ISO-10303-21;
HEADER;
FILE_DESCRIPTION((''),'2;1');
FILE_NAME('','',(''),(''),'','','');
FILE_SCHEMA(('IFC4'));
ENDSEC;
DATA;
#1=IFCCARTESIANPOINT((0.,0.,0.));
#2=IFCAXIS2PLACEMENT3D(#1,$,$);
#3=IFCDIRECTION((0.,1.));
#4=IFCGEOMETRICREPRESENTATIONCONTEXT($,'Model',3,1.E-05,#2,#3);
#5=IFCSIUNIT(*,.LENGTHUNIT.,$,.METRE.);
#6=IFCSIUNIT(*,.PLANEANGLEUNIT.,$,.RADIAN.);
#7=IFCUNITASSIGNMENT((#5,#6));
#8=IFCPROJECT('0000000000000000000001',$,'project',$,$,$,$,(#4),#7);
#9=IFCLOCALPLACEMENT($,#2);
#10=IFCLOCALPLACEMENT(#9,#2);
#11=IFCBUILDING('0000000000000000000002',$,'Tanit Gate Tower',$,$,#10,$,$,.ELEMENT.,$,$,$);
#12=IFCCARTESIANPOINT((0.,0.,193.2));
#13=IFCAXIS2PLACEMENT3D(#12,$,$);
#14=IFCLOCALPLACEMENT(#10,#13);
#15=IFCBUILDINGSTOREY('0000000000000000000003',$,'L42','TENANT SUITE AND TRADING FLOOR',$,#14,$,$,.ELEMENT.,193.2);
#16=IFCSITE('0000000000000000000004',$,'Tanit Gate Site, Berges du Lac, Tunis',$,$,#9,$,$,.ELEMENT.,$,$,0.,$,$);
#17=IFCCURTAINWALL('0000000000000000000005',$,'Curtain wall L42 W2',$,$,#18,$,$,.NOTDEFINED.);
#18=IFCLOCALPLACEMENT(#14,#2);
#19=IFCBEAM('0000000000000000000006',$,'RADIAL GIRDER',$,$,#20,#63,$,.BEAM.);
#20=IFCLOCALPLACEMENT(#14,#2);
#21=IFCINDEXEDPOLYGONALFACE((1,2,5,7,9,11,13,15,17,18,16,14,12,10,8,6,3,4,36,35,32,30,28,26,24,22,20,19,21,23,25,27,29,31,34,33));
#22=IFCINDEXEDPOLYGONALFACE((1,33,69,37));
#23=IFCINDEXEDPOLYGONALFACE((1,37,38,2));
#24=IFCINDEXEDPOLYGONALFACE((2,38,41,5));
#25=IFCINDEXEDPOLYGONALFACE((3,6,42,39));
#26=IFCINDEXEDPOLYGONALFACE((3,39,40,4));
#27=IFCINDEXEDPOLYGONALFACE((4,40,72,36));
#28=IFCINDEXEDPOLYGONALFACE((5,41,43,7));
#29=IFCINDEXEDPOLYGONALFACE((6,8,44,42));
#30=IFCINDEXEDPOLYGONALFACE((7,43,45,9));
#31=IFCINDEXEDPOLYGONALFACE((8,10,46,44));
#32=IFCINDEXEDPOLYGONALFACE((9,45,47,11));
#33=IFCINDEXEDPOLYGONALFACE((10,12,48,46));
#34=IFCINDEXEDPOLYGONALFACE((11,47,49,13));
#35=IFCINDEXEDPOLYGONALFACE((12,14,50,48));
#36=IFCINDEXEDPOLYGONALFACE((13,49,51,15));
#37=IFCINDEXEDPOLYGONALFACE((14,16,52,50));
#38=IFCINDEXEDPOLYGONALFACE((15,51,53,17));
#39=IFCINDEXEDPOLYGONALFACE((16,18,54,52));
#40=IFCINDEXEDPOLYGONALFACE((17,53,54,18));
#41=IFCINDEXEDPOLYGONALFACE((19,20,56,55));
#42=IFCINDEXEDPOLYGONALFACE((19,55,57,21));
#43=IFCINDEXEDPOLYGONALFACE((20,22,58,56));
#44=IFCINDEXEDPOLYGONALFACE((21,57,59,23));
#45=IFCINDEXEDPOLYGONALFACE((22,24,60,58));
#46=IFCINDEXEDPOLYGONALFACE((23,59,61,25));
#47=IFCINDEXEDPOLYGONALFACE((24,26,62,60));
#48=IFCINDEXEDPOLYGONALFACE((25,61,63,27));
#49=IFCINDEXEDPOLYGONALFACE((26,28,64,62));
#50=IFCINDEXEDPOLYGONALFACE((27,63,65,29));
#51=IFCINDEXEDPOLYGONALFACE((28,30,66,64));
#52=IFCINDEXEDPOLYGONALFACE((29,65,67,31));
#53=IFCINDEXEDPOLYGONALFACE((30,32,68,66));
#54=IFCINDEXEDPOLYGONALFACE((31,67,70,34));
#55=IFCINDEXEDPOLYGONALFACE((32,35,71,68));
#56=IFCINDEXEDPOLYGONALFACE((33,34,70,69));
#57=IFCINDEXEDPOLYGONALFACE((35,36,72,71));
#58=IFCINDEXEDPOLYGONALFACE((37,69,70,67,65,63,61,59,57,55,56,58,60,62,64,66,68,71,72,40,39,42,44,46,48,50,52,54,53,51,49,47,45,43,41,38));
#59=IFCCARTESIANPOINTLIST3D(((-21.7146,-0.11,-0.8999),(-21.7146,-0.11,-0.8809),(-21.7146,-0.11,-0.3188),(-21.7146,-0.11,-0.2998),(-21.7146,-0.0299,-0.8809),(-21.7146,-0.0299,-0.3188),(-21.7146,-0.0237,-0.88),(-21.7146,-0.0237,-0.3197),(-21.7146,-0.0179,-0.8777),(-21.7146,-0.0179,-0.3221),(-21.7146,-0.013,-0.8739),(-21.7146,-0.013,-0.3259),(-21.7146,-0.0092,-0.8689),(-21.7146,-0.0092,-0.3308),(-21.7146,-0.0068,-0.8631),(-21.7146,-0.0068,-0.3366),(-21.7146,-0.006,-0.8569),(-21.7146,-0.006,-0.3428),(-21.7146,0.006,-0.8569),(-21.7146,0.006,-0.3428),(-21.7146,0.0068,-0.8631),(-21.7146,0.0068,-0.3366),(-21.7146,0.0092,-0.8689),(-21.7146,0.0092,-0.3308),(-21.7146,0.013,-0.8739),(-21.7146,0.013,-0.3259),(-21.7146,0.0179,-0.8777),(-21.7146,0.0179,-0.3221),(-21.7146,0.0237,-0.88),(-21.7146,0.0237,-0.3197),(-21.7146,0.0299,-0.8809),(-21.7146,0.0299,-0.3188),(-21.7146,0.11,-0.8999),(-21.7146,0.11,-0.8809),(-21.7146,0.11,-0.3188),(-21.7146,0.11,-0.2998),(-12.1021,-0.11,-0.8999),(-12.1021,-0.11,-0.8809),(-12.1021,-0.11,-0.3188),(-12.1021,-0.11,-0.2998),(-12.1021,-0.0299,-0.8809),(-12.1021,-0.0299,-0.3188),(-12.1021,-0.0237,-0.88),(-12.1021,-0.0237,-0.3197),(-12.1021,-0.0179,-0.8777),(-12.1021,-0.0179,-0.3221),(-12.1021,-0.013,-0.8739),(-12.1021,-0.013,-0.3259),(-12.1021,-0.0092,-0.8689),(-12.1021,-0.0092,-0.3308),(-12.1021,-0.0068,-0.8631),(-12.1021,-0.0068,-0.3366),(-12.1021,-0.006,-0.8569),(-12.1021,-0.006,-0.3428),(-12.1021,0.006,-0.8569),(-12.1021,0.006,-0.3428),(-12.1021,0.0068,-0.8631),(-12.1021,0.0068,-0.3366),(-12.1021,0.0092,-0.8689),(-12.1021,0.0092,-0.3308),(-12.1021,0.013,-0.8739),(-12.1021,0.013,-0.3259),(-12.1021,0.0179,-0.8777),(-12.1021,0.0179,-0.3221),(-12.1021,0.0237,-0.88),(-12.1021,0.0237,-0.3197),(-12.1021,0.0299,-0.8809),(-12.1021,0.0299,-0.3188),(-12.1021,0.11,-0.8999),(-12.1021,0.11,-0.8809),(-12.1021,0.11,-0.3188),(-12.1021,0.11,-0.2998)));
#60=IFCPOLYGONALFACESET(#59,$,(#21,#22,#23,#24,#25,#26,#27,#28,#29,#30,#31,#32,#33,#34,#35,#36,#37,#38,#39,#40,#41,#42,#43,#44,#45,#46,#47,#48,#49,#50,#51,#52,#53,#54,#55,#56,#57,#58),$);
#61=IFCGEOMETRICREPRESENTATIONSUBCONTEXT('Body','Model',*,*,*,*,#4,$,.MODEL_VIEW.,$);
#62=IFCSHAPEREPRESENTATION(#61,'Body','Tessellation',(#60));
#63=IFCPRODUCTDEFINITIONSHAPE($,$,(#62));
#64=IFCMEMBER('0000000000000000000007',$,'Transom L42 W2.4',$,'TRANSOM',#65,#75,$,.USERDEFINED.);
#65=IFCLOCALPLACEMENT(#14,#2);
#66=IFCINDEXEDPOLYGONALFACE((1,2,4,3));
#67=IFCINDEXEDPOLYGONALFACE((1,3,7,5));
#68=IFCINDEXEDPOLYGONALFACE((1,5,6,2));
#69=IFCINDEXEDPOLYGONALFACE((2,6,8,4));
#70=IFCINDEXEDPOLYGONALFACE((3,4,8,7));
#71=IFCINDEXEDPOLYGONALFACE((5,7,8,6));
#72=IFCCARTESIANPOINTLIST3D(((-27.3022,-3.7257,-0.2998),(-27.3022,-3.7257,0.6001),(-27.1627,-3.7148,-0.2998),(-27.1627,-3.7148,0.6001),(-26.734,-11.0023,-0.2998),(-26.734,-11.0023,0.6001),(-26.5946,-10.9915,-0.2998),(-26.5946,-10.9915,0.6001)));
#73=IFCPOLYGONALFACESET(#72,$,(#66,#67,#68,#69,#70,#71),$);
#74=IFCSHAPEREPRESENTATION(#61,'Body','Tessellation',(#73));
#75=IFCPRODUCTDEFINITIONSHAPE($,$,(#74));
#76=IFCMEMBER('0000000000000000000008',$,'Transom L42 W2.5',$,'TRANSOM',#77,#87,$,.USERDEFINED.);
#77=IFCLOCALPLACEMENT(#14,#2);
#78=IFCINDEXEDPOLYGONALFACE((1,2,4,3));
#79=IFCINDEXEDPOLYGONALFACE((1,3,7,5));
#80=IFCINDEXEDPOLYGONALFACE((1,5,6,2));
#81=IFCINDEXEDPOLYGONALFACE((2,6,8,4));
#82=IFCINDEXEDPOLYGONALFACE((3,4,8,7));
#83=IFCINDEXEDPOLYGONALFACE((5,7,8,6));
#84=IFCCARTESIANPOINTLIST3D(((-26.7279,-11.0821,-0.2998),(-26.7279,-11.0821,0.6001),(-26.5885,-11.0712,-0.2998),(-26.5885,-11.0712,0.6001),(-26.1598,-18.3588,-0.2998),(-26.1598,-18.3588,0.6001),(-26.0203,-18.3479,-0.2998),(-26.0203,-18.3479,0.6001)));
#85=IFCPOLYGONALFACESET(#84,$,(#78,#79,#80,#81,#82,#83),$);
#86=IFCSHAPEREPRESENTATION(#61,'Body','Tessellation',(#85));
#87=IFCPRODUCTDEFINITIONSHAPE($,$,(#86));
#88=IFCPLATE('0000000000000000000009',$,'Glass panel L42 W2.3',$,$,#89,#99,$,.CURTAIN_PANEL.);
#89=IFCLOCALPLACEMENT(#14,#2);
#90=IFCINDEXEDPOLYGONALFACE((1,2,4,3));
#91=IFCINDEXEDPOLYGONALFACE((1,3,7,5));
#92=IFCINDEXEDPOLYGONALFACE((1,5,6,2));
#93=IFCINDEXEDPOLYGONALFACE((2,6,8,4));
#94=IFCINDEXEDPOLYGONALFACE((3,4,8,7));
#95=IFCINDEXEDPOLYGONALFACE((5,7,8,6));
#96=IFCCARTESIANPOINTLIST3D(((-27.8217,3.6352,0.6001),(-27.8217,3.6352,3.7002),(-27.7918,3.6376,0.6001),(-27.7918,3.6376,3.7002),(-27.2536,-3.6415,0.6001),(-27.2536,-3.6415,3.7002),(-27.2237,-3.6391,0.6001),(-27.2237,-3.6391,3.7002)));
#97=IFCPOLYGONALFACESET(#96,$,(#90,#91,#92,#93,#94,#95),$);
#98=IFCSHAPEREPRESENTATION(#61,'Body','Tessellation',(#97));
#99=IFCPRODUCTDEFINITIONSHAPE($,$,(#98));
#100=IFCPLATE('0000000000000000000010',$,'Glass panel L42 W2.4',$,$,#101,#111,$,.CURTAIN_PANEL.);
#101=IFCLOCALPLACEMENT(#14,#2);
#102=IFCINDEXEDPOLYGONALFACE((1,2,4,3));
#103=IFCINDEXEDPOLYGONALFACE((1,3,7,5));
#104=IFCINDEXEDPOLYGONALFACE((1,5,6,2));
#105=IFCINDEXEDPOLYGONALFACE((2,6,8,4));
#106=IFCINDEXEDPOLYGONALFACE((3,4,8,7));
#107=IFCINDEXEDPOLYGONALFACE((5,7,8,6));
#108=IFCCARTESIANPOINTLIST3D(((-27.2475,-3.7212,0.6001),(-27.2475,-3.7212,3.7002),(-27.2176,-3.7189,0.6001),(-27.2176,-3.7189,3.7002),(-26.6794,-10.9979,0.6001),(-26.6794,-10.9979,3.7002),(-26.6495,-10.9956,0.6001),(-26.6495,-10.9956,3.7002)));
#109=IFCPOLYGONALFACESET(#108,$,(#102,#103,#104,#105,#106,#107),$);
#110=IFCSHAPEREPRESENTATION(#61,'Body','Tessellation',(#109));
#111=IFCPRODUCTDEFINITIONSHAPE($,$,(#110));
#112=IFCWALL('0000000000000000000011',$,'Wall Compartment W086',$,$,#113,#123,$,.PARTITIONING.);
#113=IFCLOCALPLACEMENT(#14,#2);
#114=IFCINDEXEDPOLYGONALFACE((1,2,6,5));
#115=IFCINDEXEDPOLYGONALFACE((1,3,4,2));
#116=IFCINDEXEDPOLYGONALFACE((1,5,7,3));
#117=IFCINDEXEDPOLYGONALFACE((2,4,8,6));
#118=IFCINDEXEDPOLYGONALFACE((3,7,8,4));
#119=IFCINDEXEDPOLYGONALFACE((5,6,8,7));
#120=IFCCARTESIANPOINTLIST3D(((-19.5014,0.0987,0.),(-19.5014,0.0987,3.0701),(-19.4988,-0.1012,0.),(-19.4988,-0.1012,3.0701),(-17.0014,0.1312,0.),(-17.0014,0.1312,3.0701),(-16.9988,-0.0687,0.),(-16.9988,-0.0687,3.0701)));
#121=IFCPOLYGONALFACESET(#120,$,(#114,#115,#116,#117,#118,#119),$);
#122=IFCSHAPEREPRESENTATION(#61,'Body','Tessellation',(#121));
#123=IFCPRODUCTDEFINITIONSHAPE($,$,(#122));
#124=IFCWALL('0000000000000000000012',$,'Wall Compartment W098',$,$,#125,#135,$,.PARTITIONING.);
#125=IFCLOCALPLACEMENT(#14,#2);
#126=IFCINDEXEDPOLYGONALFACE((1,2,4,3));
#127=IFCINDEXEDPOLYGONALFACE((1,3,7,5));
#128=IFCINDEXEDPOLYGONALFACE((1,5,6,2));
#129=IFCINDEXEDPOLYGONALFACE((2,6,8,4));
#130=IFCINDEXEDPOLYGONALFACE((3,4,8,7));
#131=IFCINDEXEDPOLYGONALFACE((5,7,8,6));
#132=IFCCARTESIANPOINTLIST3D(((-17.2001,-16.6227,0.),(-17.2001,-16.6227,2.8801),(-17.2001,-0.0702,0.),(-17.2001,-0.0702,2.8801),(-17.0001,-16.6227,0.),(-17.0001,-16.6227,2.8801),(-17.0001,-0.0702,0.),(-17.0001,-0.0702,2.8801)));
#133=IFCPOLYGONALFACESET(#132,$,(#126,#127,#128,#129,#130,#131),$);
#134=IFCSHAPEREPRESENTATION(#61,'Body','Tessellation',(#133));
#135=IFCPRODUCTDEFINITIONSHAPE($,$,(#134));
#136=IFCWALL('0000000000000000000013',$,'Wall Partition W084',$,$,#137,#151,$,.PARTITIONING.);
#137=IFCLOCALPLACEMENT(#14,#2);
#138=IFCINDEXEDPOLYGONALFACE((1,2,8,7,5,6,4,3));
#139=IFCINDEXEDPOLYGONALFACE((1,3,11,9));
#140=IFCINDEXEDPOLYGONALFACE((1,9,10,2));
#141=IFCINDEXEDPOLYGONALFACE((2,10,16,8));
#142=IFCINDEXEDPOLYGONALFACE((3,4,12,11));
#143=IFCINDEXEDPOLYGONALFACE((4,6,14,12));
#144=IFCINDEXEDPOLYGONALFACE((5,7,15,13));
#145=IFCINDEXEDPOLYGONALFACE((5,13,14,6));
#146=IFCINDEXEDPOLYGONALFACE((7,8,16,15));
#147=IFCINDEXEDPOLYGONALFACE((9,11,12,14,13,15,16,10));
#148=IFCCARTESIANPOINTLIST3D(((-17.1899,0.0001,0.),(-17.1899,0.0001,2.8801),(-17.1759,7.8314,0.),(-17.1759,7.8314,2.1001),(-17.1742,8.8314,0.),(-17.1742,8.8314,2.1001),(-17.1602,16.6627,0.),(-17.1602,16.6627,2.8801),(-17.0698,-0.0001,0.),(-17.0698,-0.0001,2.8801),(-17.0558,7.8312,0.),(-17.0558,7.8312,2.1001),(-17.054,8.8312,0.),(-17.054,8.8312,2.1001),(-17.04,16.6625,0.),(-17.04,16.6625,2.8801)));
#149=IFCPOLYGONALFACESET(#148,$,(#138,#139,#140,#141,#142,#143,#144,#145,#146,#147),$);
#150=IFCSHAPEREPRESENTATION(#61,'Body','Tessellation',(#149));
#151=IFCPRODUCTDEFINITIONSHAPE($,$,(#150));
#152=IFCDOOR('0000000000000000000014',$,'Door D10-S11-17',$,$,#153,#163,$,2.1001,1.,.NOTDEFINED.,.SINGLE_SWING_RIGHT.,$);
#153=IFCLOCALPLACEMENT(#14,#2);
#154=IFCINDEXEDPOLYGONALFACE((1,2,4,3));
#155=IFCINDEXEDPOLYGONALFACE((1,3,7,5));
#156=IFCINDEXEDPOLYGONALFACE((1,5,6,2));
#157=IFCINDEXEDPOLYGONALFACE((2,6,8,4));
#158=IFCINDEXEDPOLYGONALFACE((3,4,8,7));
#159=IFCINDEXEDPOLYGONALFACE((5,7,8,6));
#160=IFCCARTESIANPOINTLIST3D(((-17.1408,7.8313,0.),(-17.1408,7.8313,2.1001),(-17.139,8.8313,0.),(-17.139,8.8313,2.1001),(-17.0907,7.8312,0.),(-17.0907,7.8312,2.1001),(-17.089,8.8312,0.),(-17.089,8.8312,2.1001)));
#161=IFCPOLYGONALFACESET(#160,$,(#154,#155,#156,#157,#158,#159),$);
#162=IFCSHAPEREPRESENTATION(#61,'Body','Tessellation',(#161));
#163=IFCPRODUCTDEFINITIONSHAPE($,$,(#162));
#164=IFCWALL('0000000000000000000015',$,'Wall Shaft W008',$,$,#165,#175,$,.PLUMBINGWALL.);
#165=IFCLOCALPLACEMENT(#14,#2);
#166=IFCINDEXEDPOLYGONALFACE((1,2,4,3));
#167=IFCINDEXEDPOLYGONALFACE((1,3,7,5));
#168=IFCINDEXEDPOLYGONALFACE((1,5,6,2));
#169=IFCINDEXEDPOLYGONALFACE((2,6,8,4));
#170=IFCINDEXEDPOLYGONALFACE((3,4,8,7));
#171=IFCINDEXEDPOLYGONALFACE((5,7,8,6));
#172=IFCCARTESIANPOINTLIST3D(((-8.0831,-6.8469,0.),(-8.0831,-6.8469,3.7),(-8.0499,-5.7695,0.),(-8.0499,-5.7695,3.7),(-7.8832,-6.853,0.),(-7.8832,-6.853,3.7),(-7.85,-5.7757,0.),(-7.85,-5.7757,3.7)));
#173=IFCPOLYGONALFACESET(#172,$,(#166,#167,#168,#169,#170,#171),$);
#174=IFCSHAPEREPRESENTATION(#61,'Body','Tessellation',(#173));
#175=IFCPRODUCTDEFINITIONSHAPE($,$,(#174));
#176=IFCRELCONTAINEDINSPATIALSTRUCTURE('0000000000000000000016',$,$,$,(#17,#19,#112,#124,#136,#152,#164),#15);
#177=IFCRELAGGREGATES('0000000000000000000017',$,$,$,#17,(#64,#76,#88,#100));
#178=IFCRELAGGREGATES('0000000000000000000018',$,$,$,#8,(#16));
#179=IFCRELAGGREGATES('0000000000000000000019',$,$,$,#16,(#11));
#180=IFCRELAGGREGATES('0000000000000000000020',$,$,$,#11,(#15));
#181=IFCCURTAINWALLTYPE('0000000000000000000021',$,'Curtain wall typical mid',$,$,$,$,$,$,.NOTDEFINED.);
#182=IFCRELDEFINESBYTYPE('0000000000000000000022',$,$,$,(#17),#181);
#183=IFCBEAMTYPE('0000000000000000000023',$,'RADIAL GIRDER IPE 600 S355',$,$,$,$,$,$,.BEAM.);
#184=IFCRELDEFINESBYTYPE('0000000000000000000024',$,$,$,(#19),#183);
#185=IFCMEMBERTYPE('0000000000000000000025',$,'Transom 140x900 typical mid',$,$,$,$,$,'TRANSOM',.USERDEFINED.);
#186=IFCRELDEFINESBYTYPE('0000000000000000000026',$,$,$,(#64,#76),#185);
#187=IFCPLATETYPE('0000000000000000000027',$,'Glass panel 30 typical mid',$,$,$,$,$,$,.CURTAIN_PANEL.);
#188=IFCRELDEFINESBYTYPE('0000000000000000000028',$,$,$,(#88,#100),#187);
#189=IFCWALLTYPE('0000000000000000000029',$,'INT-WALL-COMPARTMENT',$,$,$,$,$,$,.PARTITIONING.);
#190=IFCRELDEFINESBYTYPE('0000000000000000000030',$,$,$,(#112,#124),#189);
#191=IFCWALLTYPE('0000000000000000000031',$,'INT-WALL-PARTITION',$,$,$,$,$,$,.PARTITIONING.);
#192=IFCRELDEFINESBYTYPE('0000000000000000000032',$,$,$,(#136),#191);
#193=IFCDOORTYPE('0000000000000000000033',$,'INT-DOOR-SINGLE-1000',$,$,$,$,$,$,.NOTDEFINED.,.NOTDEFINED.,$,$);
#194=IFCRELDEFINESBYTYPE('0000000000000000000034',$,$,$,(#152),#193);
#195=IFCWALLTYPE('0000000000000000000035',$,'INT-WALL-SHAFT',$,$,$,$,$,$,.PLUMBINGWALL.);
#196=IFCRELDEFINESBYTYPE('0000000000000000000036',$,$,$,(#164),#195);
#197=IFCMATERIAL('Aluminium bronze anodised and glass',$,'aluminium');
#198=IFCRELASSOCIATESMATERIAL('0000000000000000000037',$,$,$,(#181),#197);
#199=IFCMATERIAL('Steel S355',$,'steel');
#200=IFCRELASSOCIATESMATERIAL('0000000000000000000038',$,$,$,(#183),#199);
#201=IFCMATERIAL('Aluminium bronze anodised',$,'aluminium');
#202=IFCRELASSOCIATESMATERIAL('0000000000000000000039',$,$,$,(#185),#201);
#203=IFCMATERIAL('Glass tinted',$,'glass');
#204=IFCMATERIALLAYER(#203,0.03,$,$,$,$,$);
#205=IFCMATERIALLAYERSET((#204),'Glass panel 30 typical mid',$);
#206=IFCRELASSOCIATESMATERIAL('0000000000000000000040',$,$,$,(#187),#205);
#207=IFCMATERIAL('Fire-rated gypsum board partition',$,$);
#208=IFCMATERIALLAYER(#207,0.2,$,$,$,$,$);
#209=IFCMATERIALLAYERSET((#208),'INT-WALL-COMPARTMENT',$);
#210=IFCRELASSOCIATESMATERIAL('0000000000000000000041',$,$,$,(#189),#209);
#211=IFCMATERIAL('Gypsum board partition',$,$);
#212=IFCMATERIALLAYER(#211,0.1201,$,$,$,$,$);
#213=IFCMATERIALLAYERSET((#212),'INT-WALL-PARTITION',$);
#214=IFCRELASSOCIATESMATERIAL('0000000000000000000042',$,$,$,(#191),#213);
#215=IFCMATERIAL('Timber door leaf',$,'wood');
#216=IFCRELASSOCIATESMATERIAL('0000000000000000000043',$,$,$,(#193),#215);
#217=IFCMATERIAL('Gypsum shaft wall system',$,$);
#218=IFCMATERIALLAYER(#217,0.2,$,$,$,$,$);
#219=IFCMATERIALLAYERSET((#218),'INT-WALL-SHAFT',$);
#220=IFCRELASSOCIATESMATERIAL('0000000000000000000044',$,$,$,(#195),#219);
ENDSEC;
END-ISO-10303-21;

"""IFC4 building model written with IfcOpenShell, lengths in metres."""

from ifc_helpers import new_model, si_unit, direction, frame, frame_2d, origin, origin_2d, place, context, subcontext, project, spatial, rectangle, i_section, extrude, material, layer, layer_set, material_profile, profile_set, type_object, element, fill, aggregate, save


model = new_model("IFC4")

# Units and contexts
model_context = context("Model", 3, precision=1e-05, world=origin(), true_north=direction((0.0, 1.0)))
body_context = subcontext(model_context, "Body", "Model", "MODEL_VIEW")
ifc_project = project(units=[si_unit("LENGTHUNIT", "METRE"), si_unit("PLANEANGLEUNIT", "RADIAN")], contexts=[model_context])

# Site, building, storey
site_placement = place(None, origin())
site = spatial("IfcSite", under=ifc_project, at=site_placement, Name="Tanit Gate Site, Berges du Lac, Tunis", CompositionType="ELEMENT", RefElevation=0.0)
building_placement = place(site_placement, origin())
building = spatial("IfcBuilding", under=site, at=building_placement, Name="Tanit Gate Tower", CompositionType="ELEMENT")
storey_placement = place(building_placement, frame((0.0, 0.0, 193.2)))
storey = spatial("IfcBuildingStorey", under=building, at=storey_placement, Name="L42", Description="TENANT SUITE AND TRADING FLOOR", CompositionType="ELEMENT", Elevation=193.2)

# Curtain wall
ifc_material_1 = material(Name="Aluminium bronze anodised and glass", Category="aluminium")
curtain_wall_type = type_object("IfcCurtainWallType", Name="Curtain wall typical mid", PredefinedType="NOTDEFINED", material=ifc_material_1)
curtain_wall_placement = place(storey_placement, origin())
curtain_wall = element("IfcCurtainWall", 1, at=curtain_wall_placement, inside=storey, type_object=curtain_wall_type, Name="Curtain wall L42 W2", PredefinedType="NOTDEFINED")

# Beam
ifc_material_2 = material(Name="Steel S355", Category="steel")
ifc_material_profile_1 = material_profile(ifc_material_2, i_section(OverallWidth=0.22, OverallDepth=0.6001, WebThickness=0.012, FlangeThickness=0.019, FilletRadius=0.0239, at=origin_2d()), Name="IPE 600")
ifc_profile_set_1 = profile_set([ifc_material_profile_1], Name="Steel S355")
beam_type_1 = type_object("IfcBeamType", Name="RADIAL GIRDER IPE 600 S355", PredefinedType="BEAM", material=ifc_profile_set_1)
beam_1_placement = place(storey_placement, frame((-21.7146, 0.0, -0.5999), z_axis=(1.0, 0.0, 0.0), x_axis=(0.0, 1.0, 0.0)))
element("IfcBeam", 2, at=beam_1_placement, inside=storey, type_object=beam_type_1, Name="RADIAL GIRDER", PredefinedType="BEAM", context=body_context, shape_type="SweptSolid", body=[
    extrude(i_section(OverallWidth=0.22, OverallDepth=0.6001, WebThickness=0.012, FlangeThickness=0.019, FilletRadius=0.0239, at=origin_2d()), origin(), (0.0, 0.0, 1.0), 9.6125),
])

# Members
ifc_material_3 = material(Name="Aluminium bronze anodised", Category="aluminium")
ifc_material_profile_2 = material_profile(ifc_material_3, rectangle(XDim=0.1399, YDim=0.8999, at=origin_2d()), Name="140x900 bronze transom")
ifc_profile_set_2 = profile_set([ifc_material_profile_2], Name="Aluminium bronze anodised")
member_type_1 = type_object("IfcMemberType", Name="Transom 140x900 typical mid", ElementType="TRANSOM", PredefinedType="USERDEFINED", material=ifc_profile_set_2)
member_1_placement = place(storey_placement, frame((-27.2324, -3.7202, 0.1501), z_axis=(0.077837, -0.996966, 0.0), x_axis=(0.996966, 0.077837, 0.0)))
member_1 = element("IfcMember", 3, at=member_1_placement, type_object=member_type_1, Name="Transom L42 W2.4", ObjectType="TRANSOM", PredefinedType="USERDEFINED", context=body_context, shape_type="SweptSolid", body=[
    extrude(rectangle(XDim=0.1399, YDim=0.8999, at=origin_2d()), origin(), (0.0, 0.0, 1.0), 7.2988),
])
member_2_placement = place(storey_placement, frame((-26.6582, -11.0767, 0.1501), z_axis=(0.077837, -0.996966, 0.0), x_axis=(0.996966, 0.077837, 0.0)))
member_2 = element("IfcMember", 4, at=member_2_placement, type_object=member_type_1, Name="Transom L42 W2.5", ObjectType="TRANSOM", PredefinedType="USERDEFINED", context=body_context, shape_type="SweptSolid", body=[
    extrude(rectangle(XDim=0.1399, YDim=0.8999, at=origin_2d()), origin(), (0.0, 0.0, 1.0), 7.2988),
])

# Plates
ifc_material_4 = material(Name="Glass tinted", Category="glass")
ifc_layer_1 = layer(ifc_material_4, 0.03)
ifc_layer_set_1 = layer_set([ifc_layer_1], Name="Glass panel 30 typical mid")
plate_type = type_object("IfcPlateType", Name="Glass panel 30 typical mid", PredefinedType="CURTAIN_PANEL", material=ifc_layer_set_1)
plate_1_placement = place(storey_placement, frame((-27.5227, -0.002, 0.6001), z_axis=(0.0, 0.0, 1.0), x_axis=(0.077839, -0.996966, 0.0)))
plate_1 = element("IfcPlate", 5, at=plate_1_placement, type_object=plate_type, Name="Glass panel L42 W2.3", PredefinedType="CURTAIN_PANEL", context=body_context, shape_type="SweptSolid", body=[
    extrude(rectangle(XDim=7.2988, YDim=0.03, at=origin_2d()), origin(), (0.0, 0.0, 1.0), 3.1001),
])
plate_2_placement = place(storey_placement, frame((-26.9485, -7.3584, 0.6001), z_axis=(0.0, 0.0, 1.0), x_axis=(0.077839, -0.996966, 0.0)))
plate_2 = element("IfcPlate", 6, at=plate_2_placement, type_object=plate_type, Name="Glass panel L42 W2.4", PredefinedType="CURTAIN_PANEL", context=body_context, shape_type="SweptSolid", body=[
    extrude(rectangle(XDim=7.2988, YDim=0.03, at=origin_2d()), origin(), (0.0, 0.0, 1.0), 3.1001),
])
aggregate(curtain_wall, [member_1, member_2, plate_1, plate_2])

# Walls
ifc_material_5 = material(Name="Fire-rated gypsum board partition")
ifc_layer_2 = layer(ifc_material_5, 0.2)
ifc_layer_set_2 = layer_set([ifc_layer_2], Name="INT-WALL-COMPARTMENT")
wall_type_1 = type_object("IfcWallType", Name="INT-WALL-COMPARTMENT", PredefinedType="PARTITIONING", material=ifc_layer_set_2)
wall_1_placement = place(storey_placement, frame((-19.5, -0.0012, 0.0), z_axis=(0.0, 0.0, 1.0), x_axis=(0.999916, 0.012987, 0.0)))
element("IfcWall", 7, at=wall_1_placement, inside=storey, type_object=wall_type_1, Name="Wall Compartment W086", PredefinedType="PARTITIONING", context=body_context, shape_type="SweptSolid", body=[
    extrude(rectangle(XDim=2.5002, YDim=0.2, at=frame_2d((1.25, 0.0))), origin(), (0.0, 0.0, 1.0), 3.0701),
])
wall_2_placement = place(storey_placement, frame((-17.1001, -0.0701, 0.0), z_axis=(0.0, 0.0, 1.0), x_axis=(0.0, -1.0, 0.0)))
element("IfcWall", 8, at=wall_2_placement, inside=storey, type_object=wall_type_1, Name="Wall Compartment W098", PredefinedType="PARTITIONING", context=body_context, shape_type="SweptSolid", body=[
    extrude(rectangle(XDim=16.5525, YDim=0.2, at=frame_2d((8.2764, 0.0))), origin(), (0.0, 0.0, 1.0), 2.8801),
])

# Wall, opening, door
ifc_material_6 = material(Name="Gypsum board partition")
ifc_layer_3 = layer(ifc_material_6, 0.1201)
ifc_layer_set_3 = layer_set([ifc_layer_3], Name="INT-WALL-PARTITION")
wall_type_2 = type_object("IfcWallType", Name="INT-WALL-PARTITION", PredefinedType="PARTITIONING", material=ifc_layer_set_3)
wall_3_placement = place(storey_placement, frame((-17.1299, 0.0, 0.0), z_axis=(0.0, 0.0, 1.0), x_axis=(0.001788, 0.999998, 0.0)))
wall_3 = element("IfcWall", 9, at=wall_3_placement, inside=storey, type_object=wall_type_2, Name="Wall Partition W084", PredefinedType="PARTITIONING", context=body_context, shape_type="SweptSolid", body=[
    extrude(rectangle(XDim=16.6626, YDim=0.1201, at=frame_2d((8.3313, 0.0))), origin(), (0.0, 0.0, 1.0), 2.8801),
])
opening_placement = place(wall_3_placement, frame((7.8313, 0.0, 0.0)))
opening = element("IfcOpeningElement", 10, at=opening_placement, cuts=wall_3, PredefinedType="OPENING", context=body_context, shape_type="SweptSolid", body=[
    extrude(rectangle(XDim=1.0, YDim=2.1001, at=frame_2d((0.5, 1.05))), frame((0.0, 0.0701, 0.0), z_axis=(0.0, -1.0, 0.0), x_axis=(1.0, 0.0, 0.0)), (0.0, 0.0, 1.0), 0.1401),
])
ifc_material_7 = material(Name="Timber door leaf", Category="wood")
door_type = type_object("IfcDoorType", Name="INT-DOOR-SINGLE-1000", OperationType="NOTDEFINED", PredefinedType="NOTDEFINED", material=ifc_material_7)
door_placement = place(opening_placement, origin())
door = element("IfcDoor", 11, at=door_placement, inside=storey, type_object=door_type, Name="Door D10-S11-17", OperationType="SINGLE_SWING_RIGHT", OverallHeight=2.1001, OverallWidth=1.0, PredefinedType="NOTDEFINED", context=body_context, shape_type="SweptSolid", body=[
    extrude(rectangle(XDim=1.0, YDim=2.1001, at=frame_2d((0.5, 1.05))), frame((0.0, 0.0249, 0.0), z_axis=(0.0, -1.0, 0.0), x_axis=(1.0, 0.0, 0.0)), (0.0, 0.0, 1.0), 0.05),
])
fill(opening, door)

# Wall
ifc_material_8 = material(Name="Gypsum shaft wall system")
ifc_layer_4 = layer(ifc_material_8, 0.2)
ifc_layer_set_4 = layer_set([ifc_layer_4], Name="INT-WALL-SHAFT")
wall_type_3 = type_object("IfcWallType", Name="INT-WALL-SHAFT", PredefinedType="PLUMBINGWALL", material=ifc_layer_set_4)
wall_4_placement = place(storey_placement, frame((-7.95, -5.7725, 0.0), z_axis=(0.0, 0.0, 1.0), x_axis=(-0.030803, -0.999525, 0.0)))
element("IfcWall", 12, at=wall_4_placement, inside=storey, type_object=wall_type_3, Name="Wall Shaft W008", PredefinedType="PLUMBINGWALL", context=body_context, shape_type="SweptSolid", body=[
    extrude(rectangle(XDim=1.0779, YDim=0.2, at=frame_2d((0.5391, 0.0))), origin(), (0.0, 0.0, 1.0), 3.7),
])

save(model, "model.ifc")
